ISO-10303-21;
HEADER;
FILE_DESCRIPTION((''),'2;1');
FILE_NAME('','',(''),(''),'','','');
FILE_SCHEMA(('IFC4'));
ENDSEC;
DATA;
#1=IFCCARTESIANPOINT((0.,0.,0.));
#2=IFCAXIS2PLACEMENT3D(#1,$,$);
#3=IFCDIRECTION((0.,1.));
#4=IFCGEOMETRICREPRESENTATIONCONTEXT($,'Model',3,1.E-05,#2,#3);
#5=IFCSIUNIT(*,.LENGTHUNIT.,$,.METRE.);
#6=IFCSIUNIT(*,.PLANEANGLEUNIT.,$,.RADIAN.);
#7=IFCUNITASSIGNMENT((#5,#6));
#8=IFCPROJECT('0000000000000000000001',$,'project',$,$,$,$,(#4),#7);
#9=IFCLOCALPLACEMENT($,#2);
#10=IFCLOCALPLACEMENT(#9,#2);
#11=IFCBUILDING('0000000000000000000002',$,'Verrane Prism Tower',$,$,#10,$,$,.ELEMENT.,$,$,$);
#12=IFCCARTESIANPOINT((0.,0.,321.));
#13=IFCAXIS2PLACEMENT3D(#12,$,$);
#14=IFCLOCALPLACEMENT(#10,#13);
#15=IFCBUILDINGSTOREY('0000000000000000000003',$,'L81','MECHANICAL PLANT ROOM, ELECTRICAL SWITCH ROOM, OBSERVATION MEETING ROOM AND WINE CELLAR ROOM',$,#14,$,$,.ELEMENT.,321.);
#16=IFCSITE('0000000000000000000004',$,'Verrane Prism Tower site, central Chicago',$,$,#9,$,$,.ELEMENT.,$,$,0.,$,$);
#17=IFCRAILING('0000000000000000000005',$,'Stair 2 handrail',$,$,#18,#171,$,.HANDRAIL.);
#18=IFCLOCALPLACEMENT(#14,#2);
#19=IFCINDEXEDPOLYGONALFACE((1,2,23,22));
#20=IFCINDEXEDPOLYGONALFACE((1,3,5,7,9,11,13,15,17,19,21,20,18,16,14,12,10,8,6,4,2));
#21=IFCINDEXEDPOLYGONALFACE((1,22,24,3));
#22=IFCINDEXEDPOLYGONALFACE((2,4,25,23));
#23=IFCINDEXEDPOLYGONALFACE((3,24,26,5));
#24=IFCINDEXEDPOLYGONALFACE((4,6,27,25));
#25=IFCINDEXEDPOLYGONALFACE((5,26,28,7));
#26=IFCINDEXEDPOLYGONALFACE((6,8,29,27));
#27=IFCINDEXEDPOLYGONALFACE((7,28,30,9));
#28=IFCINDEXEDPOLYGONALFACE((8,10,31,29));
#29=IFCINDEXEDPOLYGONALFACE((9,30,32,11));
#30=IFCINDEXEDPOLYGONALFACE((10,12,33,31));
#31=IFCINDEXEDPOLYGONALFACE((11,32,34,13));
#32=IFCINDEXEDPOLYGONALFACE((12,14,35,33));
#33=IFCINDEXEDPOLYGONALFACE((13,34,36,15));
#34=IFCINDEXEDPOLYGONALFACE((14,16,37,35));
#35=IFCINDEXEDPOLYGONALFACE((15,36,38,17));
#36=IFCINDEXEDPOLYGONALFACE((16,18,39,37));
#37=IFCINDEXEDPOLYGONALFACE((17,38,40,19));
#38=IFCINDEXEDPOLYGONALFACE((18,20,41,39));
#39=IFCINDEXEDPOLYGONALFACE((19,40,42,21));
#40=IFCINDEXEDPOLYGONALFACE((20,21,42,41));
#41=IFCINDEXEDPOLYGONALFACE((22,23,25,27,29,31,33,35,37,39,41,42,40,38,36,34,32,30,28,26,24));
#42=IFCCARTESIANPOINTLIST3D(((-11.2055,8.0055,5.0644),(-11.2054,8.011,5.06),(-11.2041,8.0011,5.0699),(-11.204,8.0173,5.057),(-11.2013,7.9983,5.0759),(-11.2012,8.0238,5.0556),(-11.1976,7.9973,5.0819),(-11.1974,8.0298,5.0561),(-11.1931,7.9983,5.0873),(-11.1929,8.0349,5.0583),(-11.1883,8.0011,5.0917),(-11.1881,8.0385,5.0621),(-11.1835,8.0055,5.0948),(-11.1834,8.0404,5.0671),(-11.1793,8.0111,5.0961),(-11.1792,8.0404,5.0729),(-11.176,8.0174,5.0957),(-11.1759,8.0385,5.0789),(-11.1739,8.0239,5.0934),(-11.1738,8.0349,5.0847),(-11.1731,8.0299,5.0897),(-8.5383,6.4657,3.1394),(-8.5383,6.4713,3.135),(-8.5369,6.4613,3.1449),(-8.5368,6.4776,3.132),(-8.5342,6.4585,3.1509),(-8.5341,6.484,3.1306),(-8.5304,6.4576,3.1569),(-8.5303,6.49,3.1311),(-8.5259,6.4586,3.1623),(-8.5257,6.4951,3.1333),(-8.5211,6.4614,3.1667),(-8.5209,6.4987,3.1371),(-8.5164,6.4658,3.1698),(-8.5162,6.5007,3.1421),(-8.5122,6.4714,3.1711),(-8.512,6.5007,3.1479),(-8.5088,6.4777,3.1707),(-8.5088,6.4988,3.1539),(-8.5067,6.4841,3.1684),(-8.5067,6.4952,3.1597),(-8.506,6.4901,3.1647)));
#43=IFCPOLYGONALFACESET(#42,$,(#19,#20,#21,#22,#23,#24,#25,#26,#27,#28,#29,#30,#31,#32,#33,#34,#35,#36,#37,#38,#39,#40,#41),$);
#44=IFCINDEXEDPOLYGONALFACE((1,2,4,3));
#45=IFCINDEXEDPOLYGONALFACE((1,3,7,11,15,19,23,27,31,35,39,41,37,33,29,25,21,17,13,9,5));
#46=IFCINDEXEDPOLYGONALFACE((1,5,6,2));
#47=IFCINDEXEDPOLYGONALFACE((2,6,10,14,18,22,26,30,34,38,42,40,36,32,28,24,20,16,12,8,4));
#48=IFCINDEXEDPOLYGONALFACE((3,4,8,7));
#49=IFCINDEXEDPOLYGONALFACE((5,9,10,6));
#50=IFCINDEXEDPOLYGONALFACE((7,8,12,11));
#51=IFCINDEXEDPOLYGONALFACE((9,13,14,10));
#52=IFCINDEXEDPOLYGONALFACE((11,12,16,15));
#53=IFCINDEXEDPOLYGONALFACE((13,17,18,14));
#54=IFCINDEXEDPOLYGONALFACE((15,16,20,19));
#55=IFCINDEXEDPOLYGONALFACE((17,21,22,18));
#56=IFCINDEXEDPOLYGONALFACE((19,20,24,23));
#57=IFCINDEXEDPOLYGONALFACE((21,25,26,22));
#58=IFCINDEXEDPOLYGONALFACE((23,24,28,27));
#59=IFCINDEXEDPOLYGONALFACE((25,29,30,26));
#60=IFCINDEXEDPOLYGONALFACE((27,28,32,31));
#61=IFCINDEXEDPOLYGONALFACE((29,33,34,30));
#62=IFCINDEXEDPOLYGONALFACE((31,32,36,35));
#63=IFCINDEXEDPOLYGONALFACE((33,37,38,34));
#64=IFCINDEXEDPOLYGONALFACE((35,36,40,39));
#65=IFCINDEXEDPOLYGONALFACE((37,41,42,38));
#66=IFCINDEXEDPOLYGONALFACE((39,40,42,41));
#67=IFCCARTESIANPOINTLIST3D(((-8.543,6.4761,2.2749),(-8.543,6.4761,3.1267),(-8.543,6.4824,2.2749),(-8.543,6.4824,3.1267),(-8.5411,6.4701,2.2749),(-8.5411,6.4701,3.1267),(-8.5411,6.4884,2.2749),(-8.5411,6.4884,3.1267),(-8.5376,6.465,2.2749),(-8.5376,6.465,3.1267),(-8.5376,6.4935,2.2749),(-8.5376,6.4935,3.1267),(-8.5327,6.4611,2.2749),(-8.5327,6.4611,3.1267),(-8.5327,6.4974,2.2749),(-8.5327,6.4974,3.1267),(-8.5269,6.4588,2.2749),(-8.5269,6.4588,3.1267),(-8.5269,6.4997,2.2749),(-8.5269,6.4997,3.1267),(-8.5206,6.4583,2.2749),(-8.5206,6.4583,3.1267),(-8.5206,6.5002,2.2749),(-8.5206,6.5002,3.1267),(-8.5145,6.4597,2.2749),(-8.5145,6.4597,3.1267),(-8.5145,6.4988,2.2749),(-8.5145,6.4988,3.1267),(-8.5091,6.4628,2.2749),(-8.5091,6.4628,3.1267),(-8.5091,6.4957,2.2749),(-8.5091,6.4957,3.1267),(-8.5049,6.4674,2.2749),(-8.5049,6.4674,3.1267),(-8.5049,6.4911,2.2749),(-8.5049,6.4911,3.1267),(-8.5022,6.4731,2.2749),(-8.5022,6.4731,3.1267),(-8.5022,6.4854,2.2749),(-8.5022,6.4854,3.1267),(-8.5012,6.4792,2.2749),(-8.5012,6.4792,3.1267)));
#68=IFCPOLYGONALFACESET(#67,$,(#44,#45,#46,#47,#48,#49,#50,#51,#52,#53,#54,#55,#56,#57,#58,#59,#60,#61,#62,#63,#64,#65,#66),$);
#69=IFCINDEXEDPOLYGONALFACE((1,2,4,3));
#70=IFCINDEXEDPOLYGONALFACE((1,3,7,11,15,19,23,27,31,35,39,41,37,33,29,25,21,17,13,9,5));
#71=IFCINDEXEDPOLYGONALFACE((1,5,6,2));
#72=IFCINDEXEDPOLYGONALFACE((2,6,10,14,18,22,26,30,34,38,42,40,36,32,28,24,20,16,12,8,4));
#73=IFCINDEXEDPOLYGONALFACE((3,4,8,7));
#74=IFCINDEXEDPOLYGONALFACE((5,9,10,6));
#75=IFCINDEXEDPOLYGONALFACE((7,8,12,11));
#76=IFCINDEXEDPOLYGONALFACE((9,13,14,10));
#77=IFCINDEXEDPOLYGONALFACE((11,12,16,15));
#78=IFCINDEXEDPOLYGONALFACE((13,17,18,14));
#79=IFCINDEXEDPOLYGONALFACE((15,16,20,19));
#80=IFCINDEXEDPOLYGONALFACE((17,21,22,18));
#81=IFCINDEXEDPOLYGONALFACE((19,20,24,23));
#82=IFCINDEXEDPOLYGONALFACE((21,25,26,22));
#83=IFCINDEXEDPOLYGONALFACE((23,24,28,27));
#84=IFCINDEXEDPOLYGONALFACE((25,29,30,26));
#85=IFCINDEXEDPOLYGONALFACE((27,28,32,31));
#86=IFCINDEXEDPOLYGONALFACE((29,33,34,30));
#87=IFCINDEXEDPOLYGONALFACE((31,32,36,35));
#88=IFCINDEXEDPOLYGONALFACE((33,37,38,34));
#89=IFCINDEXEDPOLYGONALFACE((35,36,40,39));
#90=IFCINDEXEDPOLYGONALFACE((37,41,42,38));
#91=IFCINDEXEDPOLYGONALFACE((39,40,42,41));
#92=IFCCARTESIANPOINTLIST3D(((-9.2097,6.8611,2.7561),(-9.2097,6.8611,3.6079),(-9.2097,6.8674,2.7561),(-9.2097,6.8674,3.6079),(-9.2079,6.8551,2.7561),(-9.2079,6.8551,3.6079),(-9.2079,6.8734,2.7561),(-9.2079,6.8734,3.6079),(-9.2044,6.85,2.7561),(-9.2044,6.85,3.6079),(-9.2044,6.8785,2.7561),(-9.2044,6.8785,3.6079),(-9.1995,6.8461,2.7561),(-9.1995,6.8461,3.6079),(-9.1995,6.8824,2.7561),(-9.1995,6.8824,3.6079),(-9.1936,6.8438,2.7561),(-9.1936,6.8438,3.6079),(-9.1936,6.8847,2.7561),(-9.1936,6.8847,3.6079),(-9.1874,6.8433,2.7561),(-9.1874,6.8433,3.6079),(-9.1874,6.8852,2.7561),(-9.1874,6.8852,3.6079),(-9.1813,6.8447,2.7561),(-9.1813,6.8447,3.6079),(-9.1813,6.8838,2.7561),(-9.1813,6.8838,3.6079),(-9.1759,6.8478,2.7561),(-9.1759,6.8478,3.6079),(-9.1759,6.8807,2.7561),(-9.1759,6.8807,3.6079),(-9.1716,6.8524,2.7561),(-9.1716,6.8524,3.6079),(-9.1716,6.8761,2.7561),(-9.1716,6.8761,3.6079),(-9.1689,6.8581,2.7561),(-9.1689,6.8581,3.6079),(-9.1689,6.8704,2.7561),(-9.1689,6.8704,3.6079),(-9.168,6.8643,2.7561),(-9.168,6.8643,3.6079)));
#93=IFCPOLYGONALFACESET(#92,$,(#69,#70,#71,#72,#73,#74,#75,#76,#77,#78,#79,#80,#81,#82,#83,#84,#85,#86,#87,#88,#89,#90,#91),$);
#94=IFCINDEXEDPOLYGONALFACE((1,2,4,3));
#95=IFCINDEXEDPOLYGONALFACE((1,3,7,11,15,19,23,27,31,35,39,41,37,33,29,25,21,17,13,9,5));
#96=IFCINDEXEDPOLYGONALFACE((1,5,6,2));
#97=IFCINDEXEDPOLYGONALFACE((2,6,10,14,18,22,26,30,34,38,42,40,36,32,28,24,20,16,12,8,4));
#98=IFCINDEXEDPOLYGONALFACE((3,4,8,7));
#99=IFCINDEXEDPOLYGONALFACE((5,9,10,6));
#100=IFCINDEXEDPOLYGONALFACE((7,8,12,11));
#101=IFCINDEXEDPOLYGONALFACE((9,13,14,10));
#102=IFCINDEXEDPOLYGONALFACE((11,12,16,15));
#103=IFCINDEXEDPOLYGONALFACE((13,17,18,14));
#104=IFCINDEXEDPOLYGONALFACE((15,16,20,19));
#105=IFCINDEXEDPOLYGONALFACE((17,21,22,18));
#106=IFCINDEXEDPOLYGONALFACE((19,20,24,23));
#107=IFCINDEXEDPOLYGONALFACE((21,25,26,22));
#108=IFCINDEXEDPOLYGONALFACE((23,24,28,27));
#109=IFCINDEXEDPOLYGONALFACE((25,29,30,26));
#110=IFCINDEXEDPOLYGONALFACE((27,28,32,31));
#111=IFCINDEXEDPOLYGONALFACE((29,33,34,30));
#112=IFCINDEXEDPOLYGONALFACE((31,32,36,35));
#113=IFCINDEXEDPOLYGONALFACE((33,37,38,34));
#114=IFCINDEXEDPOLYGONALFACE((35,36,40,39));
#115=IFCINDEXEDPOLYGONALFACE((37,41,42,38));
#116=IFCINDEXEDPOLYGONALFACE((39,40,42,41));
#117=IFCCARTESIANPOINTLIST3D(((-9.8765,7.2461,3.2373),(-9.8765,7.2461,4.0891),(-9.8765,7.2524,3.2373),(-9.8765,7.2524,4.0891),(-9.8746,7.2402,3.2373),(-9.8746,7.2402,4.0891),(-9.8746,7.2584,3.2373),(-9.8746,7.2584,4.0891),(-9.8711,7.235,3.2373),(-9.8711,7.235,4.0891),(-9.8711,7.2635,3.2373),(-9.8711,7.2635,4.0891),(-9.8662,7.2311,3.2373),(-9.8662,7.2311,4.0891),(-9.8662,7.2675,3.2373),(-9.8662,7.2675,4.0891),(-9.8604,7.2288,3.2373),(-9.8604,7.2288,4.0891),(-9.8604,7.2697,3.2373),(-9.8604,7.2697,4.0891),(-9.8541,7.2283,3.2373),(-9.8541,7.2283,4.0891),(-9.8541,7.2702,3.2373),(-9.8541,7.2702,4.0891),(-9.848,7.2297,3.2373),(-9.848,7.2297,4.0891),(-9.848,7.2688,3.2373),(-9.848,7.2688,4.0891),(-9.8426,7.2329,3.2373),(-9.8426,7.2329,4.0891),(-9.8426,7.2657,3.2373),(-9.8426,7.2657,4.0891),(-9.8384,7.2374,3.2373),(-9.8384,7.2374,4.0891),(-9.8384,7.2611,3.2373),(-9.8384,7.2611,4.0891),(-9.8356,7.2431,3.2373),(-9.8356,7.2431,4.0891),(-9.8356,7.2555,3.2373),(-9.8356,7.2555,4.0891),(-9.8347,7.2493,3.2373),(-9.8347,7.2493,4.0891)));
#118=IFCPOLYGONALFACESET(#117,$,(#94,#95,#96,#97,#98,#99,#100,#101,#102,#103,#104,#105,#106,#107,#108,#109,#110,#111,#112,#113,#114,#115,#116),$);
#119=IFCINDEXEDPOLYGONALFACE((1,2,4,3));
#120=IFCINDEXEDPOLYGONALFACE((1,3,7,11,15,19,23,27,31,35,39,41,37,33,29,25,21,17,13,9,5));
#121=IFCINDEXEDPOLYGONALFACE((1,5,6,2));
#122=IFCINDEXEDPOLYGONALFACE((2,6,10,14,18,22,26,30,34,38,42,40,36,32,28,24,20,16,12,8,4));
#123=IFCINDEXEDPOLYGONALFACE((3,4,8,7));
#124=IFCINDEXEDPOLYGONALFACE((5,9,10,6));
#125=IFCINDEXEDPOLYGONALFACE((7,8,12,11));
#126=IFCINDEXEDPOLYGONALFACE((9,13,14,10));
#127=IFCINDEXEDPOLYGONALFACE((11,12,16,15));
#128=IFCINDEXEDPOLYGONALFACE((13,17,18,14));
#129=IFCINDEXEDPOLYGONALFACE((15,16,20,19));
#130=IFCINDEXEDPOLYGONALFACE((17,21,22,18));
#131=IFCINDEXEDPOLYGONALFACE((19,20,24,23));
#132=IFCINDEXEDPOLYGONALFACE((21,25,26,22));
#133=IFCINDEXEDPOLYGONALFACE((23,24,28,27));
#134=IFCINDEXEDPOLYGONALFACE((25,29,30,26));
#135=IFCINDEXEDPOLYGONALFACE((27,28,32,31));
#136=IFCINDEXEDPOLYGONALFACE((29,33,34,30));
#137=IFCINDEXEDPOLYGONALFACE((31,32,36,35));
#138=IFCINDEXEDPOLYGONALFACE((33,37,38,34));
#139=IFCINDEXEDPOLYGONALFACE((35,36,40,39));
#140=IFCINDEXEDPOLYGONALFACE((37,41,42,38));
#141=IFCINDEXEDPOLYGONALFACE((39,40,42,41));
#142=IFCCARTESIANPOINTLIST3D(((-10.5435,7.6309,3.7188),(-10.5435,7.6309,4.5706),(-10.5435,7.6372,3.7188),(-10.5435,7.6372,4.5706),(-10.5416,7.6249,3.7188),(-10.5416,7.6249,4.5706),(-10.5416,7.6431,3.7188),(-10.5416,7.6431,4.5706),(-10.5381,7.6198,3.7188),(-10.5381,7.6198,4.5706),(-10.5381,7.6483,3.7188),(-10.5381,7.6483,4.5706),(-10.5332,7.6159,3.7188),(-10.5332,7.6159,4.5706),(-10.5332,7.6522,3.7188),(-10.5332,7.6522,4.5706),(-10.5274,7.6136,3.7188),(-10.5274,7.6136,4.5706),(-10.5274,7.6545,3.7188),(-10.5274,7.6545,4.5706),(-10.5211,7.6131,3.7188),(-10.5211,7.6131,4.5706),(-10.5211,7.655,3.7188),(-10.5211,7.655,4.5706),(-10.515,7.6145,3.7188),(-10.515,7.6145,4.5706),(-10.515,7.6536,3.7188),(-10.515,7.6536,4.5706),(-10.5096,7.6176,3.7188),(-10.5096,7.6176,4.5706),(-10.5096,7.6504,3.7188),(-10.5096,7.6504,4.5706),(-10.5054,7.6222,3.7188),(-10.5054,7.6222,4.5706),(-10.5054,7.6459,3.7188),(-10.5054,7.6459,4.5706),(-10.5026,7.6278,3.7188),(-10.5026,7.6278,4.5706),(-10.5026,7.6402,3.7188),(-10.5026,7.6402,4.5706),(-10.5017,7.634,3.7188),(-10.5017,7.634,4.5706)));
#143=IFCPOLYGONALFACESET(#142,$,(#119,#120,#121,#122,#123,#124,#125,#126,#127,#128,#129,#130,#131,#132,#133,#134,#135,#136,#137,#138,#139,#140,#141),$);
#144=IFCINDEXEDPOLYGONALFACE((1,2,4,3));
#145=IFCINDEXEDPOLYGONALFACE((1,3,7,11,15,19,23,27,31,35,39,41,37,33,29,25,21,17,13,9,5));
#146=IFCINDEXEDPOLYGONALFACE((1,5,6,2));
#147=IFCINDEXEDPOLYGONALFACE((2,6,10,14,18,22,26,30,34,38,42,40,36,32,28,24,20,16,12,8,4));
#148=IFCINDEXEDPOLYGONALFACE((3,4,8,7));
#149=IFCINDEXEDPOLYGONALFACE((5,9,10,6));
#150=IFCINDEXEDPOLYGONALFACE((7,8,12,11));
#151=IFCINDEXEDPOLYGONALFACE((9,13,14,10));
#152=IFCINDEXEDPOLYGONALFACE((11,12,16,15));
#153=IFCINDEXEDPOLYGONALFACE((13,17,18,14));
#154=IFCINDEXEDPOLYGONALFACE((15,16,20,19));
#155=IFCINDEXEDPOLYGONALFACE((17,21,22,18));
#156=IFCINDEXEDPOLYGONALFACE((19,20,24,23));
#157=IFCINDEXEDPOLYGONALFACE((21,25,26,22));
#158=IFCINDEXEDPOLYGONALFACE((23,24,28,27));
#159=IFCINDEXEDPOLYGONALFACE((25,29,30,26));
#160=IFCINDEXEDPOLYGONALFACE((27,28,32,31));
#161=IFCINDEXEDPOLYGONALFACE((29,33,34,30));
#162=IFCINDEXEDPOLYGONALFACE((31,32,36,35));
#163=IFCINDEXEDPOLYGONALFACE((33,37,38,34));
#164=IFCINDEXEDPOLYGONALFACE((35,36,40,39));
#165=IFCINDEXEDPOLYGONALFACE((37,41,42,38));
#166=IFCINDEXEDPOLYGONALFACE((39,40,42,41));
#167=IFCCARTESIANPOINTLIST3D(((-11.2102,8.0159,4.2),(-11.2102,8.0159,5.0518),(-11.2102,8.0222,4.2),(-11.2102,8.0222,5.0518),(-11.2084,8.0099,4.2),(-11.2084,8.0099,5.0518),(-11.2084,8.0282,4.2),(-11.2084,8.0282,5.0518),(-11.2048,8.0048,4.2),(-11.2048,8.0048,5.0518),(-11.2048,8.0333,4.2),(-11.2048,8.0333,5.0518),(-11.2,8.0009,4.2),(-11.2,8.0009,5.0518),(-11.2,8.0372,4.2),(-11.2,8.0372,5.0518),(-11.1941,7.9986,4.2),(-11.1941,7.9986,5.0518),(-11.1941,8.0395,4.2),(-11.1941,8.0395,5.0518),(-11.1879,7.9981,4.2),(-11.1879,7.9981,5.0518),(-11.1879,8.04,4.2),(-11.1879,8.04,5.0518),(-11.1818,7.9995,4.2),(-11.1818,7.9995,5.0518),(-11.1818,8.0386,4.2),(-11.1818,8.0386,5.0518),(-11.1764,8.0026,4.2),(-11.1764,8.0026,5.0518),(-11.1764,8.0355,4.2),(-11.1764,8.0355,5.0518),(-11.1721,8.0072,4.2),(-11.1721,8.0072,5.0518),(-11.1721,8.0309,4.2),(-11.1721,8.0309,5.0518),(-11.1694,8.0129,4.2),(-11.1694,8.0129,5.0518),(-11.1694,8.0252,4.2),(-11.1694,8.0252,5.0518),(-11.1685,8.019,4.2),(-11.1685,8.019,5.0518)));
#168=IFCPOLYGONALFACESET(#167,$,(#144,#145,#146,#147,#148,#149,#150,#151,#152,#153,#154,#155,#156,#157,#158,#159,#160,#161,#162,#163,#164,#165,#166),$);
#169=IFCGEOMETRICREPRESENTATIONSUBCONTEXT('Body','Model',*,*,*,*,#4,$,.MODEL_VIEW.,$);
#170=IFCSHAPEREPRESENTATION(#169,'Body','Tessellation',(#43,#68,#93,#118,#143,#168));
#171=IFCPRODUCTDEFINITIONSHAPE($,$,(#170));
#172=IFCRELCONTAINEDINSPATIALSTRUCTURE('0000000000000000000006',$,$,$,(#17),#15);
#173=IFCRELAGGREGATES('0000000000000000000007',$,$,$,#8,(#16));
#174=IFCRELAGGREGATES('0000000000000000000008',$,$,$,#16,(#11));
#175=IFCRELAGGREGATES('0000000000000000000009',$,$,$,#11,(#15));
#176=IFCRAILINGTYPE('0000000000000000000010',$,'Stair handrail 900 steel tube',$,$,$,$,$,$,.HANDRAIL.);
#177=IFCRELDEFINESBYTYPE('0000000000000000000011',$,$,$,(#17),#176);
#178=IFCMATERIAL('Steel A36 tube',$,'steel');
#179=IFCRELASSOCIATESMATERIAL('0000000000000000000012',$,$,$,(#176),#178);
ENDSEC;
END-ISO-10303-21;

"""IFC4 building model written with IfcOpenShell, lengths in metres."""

from ifc_helpers import new_model, si_unit, direction, frame, origin, origin_2d, place, context, subcontext, project, spatial, circle, extrude, material, type_object, element, save


model = new_model("IFC4")

# Units and contexts
model_context = context("Model", 3, precision=1e-05, world=origin(), true_north=direction((0.0, 1.0)))
body_context = subcontext(model_context, "Body", "Model", "MODEL_VIEW")
ifc_project = project(units=[si_unit("LENGTHUNIT", "METRE"), si_unit("PLANEANGLEUNIT", "RADIAN")], contexts=[model_context])

# Site, building, storey
site_placement = place(None, origin())
site = spatial("IfcSite", under=ifc_project, at=site_placement, Name="Verrane Prism Tower site, central Chicago", CompositionType="ELEMENT", RefElevation=0.0)
building_placement = place(site_placement, origin())
building = spatial("IfcBuilding", under=site, at=building_placement, Name="Verrane Prism Tower", CompositionType="ELEMENT")
storey_placement = place(building_placement, frame((0.0, 0.0, 321.0)))
storey = spatial("IfcBuildingStorey", under=building, at=storey_placement, Name="L81", Description="MECHANICAL PLANT ROOM, ELECTRICAL SWITCH ROOM, OBSERVATION MEETING ROOM AND WINE CELLAR ROOM", CompositionType="ELEMENT", Elevation=321.0)

# Railing
ifc_material_1 = material(Name="Steel A36 tube", Category="steel")
railing_type_1 = type_object("IfcRailingType", Name="Stair handrail 900 steel tube", PredefinedType="HANDRAIL", material=ifc_material_1)
railing_1_placement = place(storey_placement, frame((-8.5222, 6.4792, 2.2749)))
element("IfcRailing", 1, at=railing_1_placement, inside=storey, type_object=railing_type_1, Name="Stair 2 handrail", PredefinedType="HANDRAIL", context=body_context, shape_type="SweptSolid", body=[
    extrude(circle(Radius=0.0239, at=origin_2d()), frame((0.0, 0.0, 0.876), z_axis=(-0.734385, 0.42396, 0.530034), x_axis=(-0.499967, -0.866044, 0.0)), (0.0, 0.0, 1.0), 3.6318),
    extrude(circle(Radius=0.021, at=origin_2d()), origin(), (0.0, 0.0, 1.0), 0.8518),
    extrude(circle(Radius=0.021, at=origin_2d()), frame((-0.6667, 0.385, 0.4812)), (0.0, 0.0, 1.0), 0.8518),
    extrude(circle(Radius=0.021, at=origin_2d()), frame((-1.3335, 0.77, 0.9624)), (0.0, 0.0, 1.0), 0.8518),
    extrude(circle(Radius=0.021, at=origin_2d()), frame((-2.0005, 1.1548, 1.4438)), (0.0, 0.0, 1.0), 0.8518),
    extrude(circle(Radius=0.021, at=origin_2d()), frame((-2.6672, 1.5398, 1.925)), (0.0, 0.0, 1.0), 0.8518),
])

save(model, "model.ifc")
